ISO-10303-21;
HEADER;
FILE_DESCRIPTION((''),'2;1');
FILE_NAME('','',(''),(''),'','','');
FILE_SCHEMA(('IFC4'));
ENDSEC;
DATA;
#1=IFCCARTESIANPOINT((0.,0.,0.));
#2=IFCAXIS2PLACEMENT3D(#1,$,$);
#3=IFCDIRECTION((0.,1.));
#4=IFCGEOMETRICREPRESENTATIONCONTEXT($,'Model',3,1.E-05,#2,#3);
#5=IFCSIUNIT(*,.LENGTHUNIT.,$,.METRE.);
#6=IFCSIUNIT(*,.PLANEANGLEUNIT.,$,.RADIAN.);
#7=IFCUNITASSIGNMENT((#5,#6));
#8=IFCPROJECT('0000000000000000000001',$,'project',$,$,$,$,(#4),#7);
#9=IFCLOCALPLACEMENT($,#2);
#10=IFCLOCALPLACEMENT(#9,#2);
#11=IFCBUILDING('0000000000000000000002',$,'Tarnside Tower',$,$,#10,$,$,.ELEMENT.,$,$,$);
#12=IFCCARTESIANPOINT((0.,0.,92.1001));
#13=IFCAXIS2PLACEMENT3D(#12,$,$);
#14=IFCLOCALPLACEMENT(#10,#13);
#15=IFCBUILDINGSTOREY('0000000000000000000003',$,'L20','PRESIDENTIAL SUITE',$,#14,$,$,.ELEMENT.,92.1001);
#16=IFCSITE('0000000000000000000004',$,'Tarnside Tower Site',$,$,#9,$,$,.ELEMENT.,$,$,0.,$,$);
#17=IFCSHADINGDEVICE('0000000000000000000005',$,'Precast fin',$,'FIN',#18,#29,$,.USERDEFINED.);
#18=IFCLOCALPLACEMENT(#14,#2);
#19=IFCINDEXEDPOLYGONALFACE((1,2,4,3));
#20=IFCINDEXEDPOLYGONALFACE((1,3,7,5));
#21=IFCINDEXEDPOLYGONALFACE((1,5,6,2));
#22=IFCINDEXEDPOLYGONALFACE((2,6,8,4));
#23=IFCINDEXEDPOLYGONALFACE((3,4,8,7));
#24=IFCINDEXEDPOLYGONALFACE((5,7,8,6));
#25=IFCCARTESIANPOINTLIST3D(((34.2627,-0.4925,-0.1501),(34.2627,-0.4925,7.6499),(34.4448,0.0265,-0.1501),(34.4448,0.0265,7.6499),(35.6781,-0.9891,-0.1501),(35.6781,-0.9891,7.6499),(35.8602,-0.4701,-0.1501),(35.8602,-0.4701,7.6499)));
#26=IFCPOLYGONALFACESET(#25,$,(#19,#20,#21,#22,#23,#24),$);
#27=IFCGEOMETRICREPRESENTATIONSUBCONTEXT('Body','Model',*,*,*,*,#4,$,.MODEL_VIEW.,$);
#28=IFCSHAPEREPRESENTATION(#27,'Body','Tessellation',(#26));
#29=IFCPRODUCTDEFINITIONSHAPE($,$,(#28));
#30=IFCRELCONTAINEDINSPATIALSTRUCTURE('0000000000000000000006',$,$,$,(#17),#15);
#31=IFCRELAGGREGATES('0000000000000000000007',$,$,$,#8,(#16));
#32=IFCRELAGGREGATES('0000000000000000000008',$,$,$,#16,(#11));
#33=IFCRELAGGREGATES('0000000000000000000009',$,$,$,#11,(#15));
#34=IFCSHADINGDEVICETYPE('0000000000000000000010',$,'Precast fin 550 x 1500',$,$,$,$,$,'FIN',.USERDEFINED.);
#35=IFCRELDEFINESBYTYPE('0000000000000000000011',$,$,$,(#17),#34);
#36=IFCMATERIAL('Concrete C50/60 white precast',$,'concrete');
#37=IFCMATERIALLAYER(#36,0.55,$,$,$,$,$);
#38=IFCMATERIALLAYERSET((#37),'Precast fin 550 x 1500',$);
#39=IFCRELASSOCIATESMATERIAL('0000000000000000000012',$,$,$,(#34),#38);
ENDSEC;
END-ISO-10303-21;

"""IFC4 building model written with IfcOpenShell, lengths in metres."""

from ifc_helpers import new_model, si_unit, direction, frame, origin, place, context, subcontext, project, spatial, polyline, outline, extrude, material, layer, layer_set, type_object, element, save


model = new_model("IFC4")

# Units and contexts
model_context = context("Model", 3, precision=1e-05, world=origin(), true_north=direction((0.0, 1.0)))
body_context = subcontext(model_context, "Body", "Model", "MODEL_VIEW")
ifc_project = project(units=[si_unit("LENGTHUNIT", "METRE"), si_unit("PLANEANGLEUNIT", "RADIAN")], contexts=[model_context])

# Site, building, storey
site_placement = place(None, origin())
site = spatial("IfcSite", under=ifc_project, at=site_placement, Name="Tarnside Tower Site", CompositionType="ELEMENT", RefElevation=0.0)
building_placement = place(site_placement, origin())
building = spatial("IfcBuilding", under=site, at=building_placement, Name="Tarnside Tower", CompositionType="ELEMENT")
storey_placement = place(building_placement, frame((0.0, 0.0, 92.1001)))
storey = spatial("IfcBuildingStorey", under=building, at=storey_placement, Name="L20", Description="PRESIDENTIAL SUITE", CompositionType="ELEMENT", Elevation=92.1001)

# Shading device
ifc_material_1 = material(Name="Concrete C50/60 white precast", Category="concrete")
ifc_layer_1 = layer(ifc_material_1, 0.55)
ifc_layer_set_1 = layer_set([ifc_layer_1], Name="Precast fin 550 x 1500")
shading_device_type_1 = type_object("IfcShadingDeviceType", Name="Precast fin 550 x 1500", ElementType="FIN", PredefinedType="USERDEFINED", material=ifc_layer_set_1)
shading_device_placement = place(storey_placement, frame((34.3538, -0.2329, -0.1501), z_axis=(-0.331063, -0.943609, 0.0), x_axis=(0.943609, -0.331063, 0.0)))
element("IfcShadingDevice", 1, at=shading_device_placement, inside=storey, type_object=shading_device_type_1, Name="Precast fin", ObjectType="FIN", PredefinedType="USERDEFINED", context=body_context, shape_type="SweptSolid", body=[
    extrude(outline(polyline([(0.0, 0.0), (1.5, 0.0), (1.5, 7.8), (0.0, 7.8), (0.0, 0.0)])), frame((0.0, 0.0, -0.2749)), (0.0, 0.0, 1.0), 0.55),
])

save(model, "model.ifc")
